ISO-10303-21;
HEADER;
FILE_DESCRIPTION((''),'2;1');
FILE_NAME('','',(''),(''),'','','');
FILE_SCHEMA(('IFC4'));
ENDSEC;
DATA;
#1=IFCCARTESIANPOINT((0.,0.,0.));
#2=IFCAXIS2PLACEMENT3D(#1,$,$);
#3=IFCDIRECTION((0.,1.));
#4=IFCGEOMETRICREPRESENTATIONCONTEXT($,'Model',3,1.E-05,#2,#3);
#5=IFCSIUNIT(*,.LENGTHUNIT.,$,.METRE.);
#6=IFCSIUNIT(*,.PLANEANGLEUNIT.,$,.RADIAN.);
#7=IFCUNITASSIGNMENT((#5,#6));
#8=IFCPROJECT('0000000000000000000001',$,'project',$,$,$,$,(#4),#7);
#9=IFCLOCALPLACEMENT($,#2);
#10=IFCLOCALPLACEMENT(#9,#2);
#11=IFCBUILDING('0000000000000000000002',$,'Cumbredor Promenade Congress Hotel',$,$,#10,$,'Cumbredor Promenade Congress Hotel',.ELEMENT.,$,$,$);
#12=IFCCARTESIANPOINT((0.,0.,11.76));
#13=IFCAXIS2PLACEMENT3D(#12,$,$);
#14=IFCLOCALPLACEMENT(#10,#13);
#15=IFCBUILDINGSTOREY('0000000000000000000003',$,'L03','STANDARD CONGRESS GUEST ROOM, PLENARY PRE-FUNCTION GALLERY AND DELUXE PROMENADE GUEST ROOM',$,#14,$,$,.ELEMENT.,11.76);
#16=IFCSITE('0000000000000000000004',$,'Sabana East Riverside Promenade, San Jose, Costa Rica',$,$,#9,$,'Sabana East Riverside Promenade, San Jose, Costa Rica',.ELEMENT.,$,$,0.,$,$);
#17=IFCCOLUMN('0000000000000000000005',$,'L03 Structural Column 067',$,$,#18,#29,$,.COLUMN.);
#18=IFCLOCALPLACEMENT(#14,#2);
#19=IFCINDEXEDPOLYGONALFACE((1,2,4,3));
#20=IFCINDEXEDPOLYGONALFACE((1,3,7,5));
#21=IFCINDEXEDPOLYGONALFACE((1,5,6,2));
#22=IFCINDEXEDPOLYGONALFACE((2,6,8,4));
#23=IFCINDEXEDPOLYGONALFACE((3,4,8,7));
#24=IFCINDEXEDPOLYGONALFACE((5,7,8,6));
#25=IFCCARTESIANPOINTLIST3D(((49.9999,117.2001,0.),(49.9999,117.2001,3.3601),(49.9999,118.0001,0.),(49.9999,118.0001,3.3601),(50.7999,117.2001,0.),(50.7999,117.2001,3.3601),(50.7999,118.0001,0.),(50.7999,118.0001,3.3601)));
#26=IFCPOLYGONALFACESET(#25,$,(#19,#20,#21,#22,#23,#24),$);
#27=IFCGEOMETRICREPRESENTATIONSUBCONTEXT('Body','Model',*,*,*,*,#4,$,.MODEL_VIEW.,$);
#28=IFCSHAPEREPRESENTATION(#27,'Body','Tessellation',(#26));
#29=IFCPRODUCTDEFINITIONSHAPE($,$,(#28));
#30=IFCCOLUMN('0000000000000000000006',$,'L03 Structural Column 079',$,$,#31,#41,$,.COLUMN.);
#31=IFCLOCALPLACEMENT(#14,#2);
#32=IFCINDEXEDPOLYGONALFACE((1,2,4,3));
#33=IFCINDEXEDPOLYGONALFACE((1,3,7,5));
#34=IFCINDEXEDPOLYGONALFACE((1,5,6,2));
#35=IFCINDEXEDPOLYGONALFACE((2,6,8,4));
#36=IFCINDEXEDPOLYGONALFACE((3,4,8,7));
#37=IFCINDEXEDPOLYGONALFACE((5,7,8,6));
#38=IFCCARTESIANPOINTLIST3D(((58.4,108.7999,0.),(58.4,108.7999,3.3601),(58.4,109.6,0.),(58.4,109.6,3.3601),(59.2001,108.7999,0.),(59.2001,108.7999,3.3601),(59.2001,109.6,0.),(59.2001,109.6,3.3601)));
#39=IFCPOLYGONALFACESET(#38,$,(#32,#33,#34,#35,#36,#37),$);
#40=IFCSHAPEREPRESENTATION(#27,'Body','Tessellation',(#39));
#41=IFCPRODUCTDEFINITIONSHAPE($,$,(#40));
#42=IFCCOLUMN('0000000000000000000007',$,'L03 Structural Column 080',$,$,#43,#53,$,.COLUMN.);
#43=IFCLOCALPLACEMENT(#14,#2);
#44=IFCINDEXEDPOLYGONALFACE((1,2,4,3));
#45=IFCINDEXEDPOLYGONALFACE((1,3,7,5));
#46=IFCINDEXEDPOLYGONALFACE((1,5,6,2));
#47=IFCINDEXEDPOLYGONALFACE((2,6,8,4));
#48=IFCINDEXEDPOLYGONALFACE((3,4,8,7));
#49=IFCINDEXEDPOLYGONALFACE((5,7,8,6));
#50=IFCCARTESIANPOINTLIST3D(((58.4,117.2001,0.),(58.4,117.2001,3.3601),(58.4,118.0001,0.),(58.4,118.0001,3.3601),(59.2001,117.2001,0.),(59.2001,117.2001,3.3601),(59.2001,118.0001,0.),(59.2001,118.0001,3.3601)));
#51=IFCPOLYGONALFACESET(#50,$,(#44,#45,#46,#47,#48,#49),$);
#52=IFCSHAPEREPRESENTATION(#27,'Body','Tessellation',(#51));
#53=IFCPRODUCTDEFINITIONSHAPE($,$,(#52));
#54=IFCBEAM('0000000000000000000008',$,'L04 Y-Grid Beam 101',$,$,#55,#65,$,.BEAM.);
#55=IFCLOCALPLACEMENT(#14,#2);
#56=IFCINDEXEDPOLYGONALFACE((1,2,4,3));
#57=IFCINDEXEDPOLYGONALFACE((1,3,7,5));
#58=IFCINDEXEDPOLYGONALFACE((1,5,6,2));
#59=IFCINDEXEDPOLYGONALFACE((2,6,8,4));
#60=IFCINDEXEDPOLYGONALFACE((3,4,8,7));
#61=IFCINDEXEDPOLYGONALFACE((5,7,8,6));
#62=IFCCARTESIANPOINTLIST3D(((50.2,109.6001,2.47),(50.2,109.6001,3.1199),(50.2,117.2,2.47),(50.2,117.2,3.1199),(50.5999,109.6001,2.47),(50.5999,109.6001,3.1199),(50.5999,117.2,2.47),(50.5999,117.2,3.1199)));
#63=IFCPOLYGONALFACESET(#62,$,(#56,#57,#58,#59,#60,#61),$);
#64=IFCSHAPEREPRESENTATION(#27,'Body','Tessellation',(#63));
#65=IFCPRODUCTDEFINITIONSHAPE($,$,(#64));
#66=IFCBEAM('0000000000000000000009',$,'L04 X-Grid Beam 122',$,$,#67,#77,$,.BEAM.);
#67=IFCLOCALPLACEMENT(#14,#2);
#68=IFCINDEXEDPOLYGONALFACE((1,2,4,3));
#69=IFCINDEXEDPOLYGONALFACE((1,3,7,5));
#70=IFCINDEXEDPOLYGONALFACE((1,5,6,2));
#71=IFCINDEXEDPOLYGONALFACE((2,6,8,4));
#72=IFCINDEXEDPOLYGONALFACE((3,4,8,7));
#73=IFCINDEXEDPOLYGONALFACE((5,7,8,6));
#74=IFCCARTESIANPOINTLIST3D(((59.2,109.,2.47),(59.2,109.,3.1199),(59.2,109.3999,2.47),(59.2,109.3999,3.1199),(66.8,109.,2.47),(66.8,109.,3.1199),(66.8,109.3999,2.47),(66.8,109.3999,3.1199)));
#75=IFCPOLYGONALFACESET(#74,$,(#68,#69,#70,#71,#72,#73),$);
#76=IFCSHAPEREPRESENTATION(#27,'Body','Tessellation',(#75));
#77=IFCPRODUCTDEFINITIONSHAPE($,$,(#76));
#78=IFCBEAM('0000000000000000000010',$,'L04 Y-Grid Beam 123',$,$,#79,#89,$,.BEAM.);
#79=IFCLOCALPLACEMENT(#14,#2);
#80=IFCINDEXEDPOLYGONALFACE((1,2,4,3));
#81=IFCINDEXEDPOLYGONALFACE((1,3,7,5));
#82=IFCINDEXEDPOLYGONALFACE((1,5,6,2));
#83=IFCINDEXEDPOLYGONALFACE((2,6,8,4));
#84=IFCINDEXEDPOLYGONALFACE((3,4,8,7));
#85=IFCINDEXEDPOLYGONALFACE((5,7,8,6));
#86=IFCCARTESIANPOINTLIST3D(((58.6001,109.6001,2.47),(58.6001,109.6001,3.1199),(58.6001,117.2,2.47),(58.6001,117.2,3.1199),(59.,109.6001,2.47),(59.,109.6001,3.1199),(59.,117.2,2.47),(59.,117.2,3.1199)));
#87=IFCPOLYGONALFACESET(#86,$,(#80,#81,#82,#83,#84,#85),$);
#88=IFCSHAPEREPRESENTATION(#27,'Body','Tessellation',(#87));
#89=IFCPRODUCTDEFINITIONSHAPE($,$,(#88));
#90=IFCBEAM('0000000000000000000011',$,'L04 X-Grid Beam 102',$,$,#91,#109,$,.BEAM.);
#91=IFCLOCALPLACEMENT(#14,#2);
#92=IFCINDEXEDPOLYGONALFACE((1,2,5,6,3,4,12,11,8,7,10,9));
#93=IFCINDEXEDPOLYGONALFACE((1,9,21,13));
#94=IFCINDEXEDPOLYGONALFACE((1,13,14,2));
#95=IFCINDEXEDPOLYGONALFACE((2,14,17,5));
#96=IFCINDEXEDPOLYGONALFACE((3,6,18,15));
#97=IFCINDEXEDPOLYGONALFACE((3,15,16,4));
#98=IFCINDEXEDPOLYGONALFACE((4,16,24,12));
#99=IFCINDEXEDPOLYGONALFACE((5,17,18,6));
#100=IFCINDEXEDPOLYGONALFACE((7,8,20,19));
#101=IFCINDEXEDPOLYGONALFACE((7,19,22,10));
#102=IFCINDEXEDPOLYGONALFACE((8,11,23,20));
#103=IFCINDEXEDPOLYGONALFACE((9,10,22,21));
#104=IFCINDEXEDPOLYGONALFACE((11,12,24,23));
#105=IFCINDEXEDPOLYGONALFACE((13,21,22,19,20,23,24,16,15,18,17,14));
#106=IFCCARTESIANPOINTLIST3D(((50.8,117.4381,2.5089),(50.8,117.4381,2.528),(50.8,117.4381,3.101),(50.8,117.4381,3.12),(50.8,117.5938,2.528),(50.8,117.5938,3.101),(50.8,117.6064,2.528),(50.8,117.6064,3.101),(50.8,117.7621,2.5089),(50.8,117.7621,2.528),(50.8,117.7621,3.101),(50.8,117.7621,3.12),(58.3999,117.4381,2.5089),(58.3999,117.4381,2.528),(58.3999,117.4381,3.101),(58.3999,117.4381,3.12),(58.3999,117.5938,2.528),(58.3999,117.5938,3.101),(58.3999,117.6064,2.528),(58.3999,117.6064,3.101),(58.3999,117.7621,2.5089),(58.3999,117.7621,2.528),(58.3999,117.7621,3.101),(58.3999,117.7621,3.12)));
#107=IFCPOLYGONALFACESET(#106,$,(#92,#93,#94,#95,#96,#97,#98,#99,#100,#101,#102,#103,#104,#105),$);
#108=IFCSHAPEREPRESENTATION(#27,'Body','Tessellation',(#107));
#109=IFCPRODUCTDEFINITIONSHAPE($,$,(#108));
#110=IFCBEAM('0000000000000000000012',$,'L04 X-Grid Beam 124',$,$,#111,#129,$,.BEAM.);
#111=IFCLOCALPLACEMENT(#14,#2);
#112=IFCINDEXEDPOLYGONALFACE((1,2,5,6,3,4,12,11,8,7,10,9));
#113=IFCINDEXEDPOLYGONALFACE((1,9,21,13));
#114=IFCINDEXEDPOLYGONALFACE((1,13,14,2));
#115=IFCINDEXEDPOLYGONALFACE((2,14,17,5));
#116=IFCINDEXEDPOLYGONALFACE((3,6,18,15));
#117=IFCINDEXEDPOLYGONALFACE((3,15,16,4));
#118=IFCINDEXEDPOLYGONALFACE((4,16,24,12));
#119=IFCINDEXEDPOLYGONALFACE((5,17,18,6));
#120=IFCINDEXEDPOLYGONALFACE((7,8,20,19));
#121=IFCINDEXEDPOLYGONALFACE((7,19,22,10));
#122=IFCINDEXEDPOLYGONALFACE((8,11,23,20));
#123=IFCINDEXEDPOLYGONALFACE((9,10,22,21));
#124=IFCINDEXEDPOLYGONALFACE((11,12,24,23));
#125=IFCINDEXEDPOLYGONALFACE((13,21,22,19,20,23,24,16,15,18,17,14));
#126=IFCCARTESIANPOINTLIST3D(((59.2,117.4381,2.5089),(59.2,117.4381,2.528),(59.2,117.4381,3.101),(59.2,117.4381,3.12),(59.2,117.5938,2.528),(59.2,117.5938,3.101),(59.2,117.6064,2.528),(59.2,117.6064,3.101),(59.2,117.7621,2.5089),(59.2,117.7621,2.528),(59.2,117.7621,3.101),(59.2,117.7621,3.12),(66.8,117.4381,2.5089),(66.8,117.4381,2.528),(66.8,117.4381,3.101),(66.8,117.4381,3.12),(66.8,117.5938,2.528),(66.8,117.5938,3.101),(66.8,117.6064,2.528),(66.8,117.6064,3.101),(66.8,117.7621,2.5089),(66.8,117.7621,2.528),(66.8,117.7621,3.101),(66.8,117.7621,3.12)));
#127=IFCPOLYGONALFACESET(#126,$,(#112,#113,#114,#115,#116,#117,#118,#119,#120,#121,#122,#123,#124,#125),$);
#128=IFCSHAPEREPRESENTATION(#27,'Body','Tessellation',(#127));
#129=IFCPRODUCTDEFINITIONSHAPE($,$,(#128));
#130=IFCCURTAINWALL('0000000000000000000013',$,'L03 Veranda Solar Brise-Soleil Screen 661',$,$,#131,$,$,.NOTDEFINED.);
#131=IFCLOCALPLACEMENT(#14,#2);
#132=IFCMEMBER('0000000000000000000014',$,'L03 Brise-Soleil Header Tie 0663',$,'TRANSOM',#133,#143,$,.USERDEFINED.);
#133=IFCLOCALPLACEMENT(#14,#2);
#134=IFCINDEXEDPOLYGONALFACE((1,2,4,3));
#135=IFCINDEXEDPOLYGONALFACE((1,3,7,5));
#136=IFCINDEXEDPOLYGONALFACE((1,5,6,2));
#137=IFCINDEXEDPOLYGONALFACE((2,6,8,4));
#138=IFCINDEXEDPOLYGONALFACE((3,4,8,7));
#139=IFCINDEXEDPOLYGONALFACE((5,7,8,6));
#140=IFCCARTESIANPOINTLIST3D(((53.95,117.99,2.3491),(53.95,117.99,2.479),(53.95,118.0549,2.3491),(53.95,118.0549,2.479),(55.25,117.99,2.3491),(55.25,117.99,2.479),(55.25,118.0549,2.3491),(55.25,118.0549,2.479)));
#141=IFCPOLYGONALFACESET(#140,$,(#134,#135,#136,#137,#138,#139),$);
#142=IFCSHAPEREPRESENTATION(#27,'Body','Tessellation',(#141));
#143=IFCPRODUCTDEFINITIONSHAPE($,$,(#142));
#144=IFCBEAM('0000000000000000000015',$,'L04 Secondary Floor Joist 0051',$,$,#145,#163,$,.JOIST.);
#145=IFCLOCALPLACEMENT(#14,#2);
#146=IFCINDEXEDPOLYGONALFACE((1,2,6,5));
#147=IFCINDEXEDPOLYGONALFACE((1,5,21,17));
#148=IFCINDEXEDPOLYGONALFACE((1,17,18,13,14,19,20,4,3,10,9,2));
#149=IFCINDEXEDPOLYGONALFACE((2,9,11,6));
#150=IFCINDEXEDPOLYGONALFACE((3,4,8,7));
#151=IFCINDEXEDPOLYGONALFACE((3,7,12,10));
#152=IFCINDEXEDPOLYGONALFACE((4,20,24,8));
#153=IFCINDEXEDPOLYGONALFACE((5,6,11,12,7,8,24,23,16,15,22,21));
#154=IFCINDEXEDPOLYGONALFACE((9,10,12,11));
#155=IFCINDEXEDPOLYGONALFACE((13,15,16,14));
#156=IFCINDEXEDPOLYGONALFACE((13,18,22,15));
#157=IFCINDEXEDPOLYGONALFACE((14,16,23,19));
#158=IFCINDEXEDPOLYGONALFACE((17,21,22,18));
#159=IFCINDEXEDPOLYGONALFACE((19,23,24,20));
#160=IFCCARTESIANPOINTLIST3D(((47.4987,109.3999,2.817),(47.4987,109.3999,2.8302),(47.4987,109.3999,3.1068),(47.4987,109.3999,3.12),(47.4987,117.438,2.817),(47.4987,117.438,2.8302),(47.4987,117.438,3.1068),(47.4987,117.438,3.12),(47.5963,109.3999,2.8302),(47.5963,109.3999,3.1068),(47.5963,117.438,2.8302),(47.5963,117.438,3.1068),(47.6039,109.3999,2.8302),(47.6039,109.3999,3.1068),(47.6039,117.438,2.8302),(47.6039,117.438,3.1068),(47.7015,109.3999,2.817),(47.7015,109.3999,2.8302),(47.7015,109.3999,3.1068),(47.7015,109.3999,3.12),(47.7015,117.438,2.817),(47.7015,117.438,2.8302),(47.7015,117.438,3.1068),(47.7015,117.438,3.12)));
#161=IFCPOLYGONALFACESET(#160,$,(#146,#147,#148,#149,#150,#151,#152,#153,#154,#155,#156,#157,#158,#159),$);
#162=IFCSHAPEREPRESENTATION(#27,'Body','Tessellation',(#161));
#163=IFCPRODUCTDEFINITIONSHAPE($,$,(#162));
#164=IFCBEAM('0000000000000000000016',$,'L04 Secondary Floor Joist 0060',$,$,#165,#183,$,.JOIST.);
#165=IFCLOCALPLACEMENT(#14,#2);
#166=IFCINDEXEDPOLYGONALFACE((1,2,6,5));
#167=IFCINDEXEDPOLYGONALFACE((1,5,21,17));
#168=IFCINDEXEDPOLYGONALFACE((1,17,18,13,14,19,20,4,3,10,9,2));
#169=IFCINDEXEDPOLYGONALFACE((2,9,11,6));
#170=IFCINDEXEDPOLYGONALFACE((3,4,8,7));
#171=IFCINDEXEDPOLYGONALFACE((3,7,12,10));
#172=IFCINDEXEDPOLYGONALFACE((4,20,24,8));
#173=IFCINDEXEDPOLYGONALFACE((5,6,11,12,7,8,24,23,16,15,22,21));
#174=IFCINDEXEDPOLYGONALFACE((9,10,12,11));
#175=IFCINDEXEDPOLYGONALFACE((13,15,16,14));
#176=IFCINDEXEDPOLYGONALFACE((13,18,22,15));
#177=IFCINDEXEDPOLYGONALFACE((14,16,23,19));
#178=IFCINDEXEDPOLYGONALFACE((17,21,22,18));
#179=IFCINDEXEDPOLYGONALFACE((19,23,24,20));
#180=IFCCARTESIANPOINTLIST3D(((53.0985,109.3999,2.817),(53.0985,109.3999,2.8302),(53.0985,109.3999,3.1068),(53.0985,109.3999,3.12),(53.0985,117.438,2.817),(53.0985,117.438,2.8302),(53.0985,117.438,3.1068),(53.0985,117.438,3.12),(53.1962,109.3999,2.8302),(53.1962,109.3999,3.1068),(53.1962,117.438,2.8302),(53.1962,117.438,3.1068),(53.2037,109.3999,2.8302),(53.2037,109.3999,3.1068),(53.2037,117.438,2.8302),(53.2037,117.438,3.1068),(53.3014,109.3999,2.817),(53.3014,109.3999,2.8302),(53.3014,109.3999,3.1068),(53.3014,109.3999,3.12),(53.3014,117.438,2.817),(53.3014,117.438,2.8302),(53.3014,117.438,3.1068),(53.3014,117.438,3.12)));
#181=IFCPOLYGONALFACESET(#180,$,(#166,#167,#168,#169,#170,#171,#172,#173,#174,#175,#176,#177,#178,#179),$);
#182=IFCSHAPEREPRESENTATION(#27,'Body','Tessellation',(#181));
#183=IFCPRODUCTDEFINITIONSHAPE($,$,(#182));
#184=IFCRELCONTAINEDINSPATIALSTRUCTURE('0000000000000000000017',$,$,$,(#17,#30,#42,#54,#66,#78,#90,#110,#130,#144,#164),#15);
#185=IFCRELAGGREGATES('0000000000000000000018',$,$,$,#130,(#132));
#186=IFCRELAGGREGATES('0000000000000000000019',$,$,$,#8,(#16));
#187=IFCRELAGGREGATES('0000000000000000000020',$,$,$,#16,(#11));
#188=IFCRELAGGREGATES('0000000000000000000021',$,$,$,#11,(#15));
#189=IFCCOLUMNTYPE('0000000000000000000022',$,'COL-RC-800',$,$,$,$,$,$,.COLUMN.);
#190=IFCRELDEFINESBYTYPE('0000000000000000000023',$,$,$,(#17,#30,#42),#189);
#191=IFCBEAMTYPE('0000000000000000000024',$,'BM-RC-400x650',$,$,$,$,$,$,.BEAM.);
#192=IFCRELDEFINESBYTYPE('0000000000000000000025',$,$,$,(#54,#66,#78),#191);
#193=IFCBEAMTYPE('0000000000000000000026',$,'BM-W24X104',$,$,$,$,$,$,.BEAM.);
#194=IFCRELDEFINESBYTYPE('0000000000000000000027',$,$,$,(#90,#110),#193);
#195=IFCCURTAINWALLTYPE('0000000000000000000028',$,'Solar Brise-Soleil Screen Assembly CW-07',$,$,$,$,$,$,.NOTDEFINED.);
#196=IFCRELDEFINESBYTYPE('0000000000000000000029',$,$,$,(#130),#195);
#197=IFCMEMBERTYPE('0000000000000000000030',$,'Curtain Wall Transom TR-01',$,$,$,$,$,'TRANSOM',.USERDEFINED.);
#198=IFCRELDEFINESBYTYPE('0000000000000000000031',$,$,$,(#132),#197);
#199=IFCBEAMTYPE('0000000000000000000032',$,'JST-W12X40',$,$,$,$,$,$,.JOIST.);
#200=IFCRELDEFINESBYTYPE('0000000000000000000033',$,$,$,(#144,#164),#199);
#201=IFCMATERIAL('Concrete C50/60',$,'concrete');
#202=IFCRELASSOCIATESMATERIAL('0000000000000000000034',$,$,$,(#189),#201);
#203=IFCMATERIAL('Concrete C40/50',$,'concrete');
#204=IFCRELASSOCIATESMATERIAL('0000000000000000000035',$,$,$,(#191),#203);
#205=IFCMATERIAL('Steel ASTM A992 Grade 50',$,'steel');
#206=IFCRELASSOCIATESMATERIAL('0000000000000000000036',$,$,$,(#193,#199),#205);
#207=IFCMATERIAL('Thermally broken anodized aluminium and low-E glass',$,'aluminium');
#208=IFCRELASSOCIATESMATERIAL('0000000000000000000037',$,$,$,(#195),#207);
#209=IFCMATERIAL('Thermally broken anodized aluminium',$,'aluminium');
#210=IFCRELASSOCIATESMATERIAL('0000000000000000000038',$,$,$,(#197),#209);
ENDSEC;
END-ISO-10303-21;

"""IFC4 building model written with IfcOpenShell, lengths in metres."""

from ifc_helpers import new_model, si_unit, direction, frame, origin, origin_2d, place, context, subcontext, project, spatial, rectangle, i_section, extrude, material, material_profile, profile_set, type_object, element, aggregate, save


model = new_model("IFC4")

# Units and contexts
model_context = context("Model", 3, precision=1e-05, world=origin(), true_north=direction((0.0, 1.0)))
body_context = subcontext(model_context, "Body", "Model", "MODEL_VIEW")
ifc_project = project(units=[si_unit("LENGTHUNIT", "METRE"), si_unit("PLANEANGLEUNIT", "RADIAN")], contexts=[model_context])

# Site, building, storey
site_placement = place(None, origin())
site = spatial("IfcSite", under=ifc_project, at=site_placement, Name="Sabana East Riverside Promenade, San Jose, Costa Rica", LongName="Sabana East Riverside Promenade, San Jose, Costa Rica", CompositionType="ELEMENT", RefElevation=0.0)
building_placement = place(site_placement, origin())
building = spatial("IfcBuilding", under=site, at=building_placement, Name="Cumbredor Promenade Congress Hotel", LongName="Cumbredor Promenade Congress Hotel", CompositionType="ELEMENT")
storey_placement = place(building_placement, frame((0.0, 0.0, 11.76)))
storey = spatial("IfcBuildingStorey", under=building, at=storey_placement, Name="L03", Description="STANDARD CONGRESS GUEST ROOM, PLENARY PRE-FUNCTION GALLERY AND DELUXE PROMENADE GUEST ROOM", CompositionType="ELEMENT", Elevation=11.76)

# Columns
ifc_material_1 = material(Name="Concrete C50/60", Category="concrete")
ifc_material_profile_1 = material_profile(ifc_material_1, rectangle(XDim=0.8, YDim=0.8, at=origin_2d()), Name="RC 800x800")
ifc_profile_set_1 = profile_set([ifc_material_profile_1], Name="Concrete C50/60")
column_type = type_object("IfcColumnType", Name="COL-RC-800", PredefinedType="COLUMN", material=ifc_profile_set_1)
for number, where, z_axis, x_axis, name in (
    (1, (50.3999, 117.6001, 0.0), (0.0, 0.0, 1.0), (1.0, 0.0, 0.0), "L03 Structural Column 067"),
    (2, (58.8, 109.2, 0.0), (0.0, 0.0, 1.0), (1.0, 0.0, 0.0), "L03 Structural Column 079"),
    (3, (58.8, 117.6001, 0.0), (0.0, 0.0, 1.0), (1.0, 0.0, 0.0), "L03 Structural Column 080"),
):
    element("IfcColumn", number, at=place(storey_placement, frame(where, z_axis=z_axis, x_axis=x_axis)), inside=storey, type_object=column_type, Name=name, PredefinedType="COLUMN", context=body_context, shape_type="SweptSolid", body=[
        extrude(rectangle(XDim=0.8, YDim=0.8, at=origin_2d()), origin(), (0.0, 0.0, 1.0), 3.3601),
    ])

# Beams
ifc_material_2 = material(Name="Concrete C40/50", Category="concrete")
ifc_material_profile_2 = material_profile(ifc_material_2, rectangle(XDim=0.3999, YDim=0.6499, at=origin_2d()), Name="RC BEAM 400x650")
ifc_profile_set_2 = profile_set([ifc_material_profile_2], Name="Concrete C40/50")
beam_type_1 = type_object("IfcBeamType", Name="BM-RC-400x650", PredefinedType="BEAM", material=ifc_profile_set_2)
beam_1_placement = place(storey_placement, frame((50.3999, 109.6001, 2.7949), z_axis=(0.0, 1.0, 0.0), x_axis=(-1.0, 0.0, 0.0)))
element("IfcBeam", 4, at=beam_1_placement, inside=storey, type_object=beam_type_1, Name="L04 Y-Grid Beam 101", PredefinedType="BEAM", context=body_context, shape_type="SweptSolid", body=[
    extrude(rectangle(XDim=0.3999, YDim=0.6499, at=origin_2d()), origin(), (0.0, 0.0, 1.0), 7.5999),
])
beam_2_placement = place(storey_placement, frame((59.2, 109.2, 2.7949), z_axis=(1.0, 0.0, 0.0), x_axis=(0.0, 1.0, 0.0)))
element("IfcBeam", 5, at=beam_2_placement, inside=storey, type_object=beam_type_1, Name="L04 X-Grid Beam 122", PredefinedType="BEAM", context=body_context, shape_type="SweptSolid", body=[
    extrude(rectangle(XDim=0.3999, YDim=0.6499, at=origin_2d()), origin(), (0.0, 0.0, 1.0), 7.6001),
])
beam_3_placement = place(storey_placement, frame((58.8, 109.6001, 2.7949), z_axis=(0.0, 1.0, 0.0), x_axis=(-1.0, 0.0, 0.0)))
element("IfcBeam", 6, at=beam_3_placement, inside=storey, type_object=beam_type_1, Name="L04 Y-Grid Beam 123", PredefinedType="BEAM", context=body_context, shape_type="SweptSolid", body=[
    extrude(rectangle(XDim=0.3999, YDim=0.6499, at=origin_2d()), origin(), (0.0, 0.0, 1.0), 7.5999),
])
ifc_material_3 = material(Name="Steel ASTM A992 Grade 50", Category="steel")
ifc_material_profile_3 = material_profile(ifc_material_3, i_section(OverallWidth=0.324, OverallDepth=0.6111, WebThickness=0.0127, FlangeThickness=0.019, at=origin_2d()), Name="W24X104")
ifc_profile_set_3 = profile_set([ifc_material_profile_3], Name="Steel ASTM A992 Grade 50")
beam_type_2 = type_object("IfcBeamType", Name="BM-W24X104", PredefinedType="BEAM", material=ifc_profile_set_3)
beam_4_placement = place(storey_placement, frame((50.8, 117.6001, 2.8145), z_axis=(1.0, 0.0, 0.0), x_axis=(0.0, 1.0, 0.0)))
element("IfcBeam", 7, at=beam_4_placement, inside=storey, type_object=beam_type_2, Name="L04 X-Grid Beam 102", PredefinedType="BEAM", context=body_context, shape_type="SweptSolid", body=[
    extrude(i_section(OverallWidth=0.324, OverallDepth=0.6111, WebThickness=0.0127, FlangeThickness=0.019, at=origin_2d()), origin(), (0.0, 0.0, 1.0), 7.5999),
])
beam_5_placement = place(storey_placement, frame((59.2, 117.6001, 2.8145), z_axis=(1.0, 0.0, 0.0), x_axis=(0.0, 1.0, 0.0)))
element("IfcBeam", 8, at=beam_5_placement, inside=storey, type_object=beam_type_2, Name="L04 X-Grid Beam 124", PredefinedType="BEAM", context=body_context, shape_type="SweptSolid", body=[
    extrude(i_section(OverallWidth=0.324, OverallDepth=0.6111, WebThickness=0.0127, FlangeThickness=0.019, at=origin_2d()), origin(), (0.0, 0.0, 1.0), 7.6001),
])

# Curtain wall, member
ifc_material_4 = material(Name="Thermally broken anodized aluminium and low-E glass", Category="aluminium")
curtain_wall_type = type_object("IfcCurtainWallType", Name="Solar Brise-Soleil Screen Assembly CW-07", PredefinedType="NOTDEFINED", material=ifc_material_4)
curtain_wall_1_placement = place(storey_placement, origin())
curtain_wall_1 = element("IfcCurtainWall", 9, at=curtain_wall_1_placement, inside=storey, type_object=curtain_wall_type, Name="L03 Veranda Solar Brise-Soleil Screen 661", PredefinedType="NOTDEFINED")
ifc_material_5 = material(Name="Thermally broken anodized aluminium", Category="aluminium")
ifc_material_profile_4 = material_profile(ifc_material_5, rectangle(XDim=0.0649, YDim=0.1299, at=origin_2d()), Name="ALU TRANSOM 65x130")
ifc_profile_set_4 = profile_set([ifc_material_profile_4], Name="Thermally broken anodized aluminium")
member_type_1 = type_object("IfcMemberType", Name="Curtain Wall Transom TR-01", ElementType="TRANSOM", PredefinedType="USERDEFINED", material=ifc_profile_set_4)
member_1_placement = place(storey_placement, frame((53.95, 118.0225, 2.4141), z_axis=(1.0, 0.0, 0.0), x_axis=(0.0, 1.0, 0.0)))
member_1 = element("IfcMember", 10, at=member_1_placement, type_object=member_type_1, Name="L03 Brise-Soleil Header Tie 0663", ObjectType="TRANSOM", PredefinedType="USERDEFINED", context=body_context, shape_type="SweptSolid", body=[
    extrude(rectangle(XDim=0.0649, YDim=0.1299, at=origin_2d()), origin(), (0.0, 0.0, 1.0), 1.3),
])

# Beams
ifc_material_profile_5 = material_profile(ifc_material_3, i_section(OverallWidth=0.2029, OverallDepth=0.303, WebThickness=0.0076, FlangeThickness=0.0132, at=origin_2d()), Name="W12X40")
ifc_profile_set_5 = profile_set([ifc_material_profile_5], Name="Steel ASTM A992 Grade 50")
beam_type_3 = type_object("IfcBeamType", Name="JST-W12X40", PredefinedType="JOIST", material=ifc_profile_set_5)
for number, where, z_axis, x_axis, name in (
    (11, (47.6001, 109.3999, 2.9685), (0.0, 1.0, 0.0), (-1.0, 0.0, 0.0), "L04 Secondary Floor Joist 0051"),
    (12, (53.2, 109.3999, 2.9685), (0.0, 1.0, 0.0), (-1.0, 0.0, 0.0), "L04 Secondary Floor Joist 0060"),
):
    element("IfcBeam", number, at=place(storey_placement, frame(where, z_axis=z_axis, x_axis=x_axis)), inside=storey, type_object=beam_type_3, Name=name, PredefinedType="JOIST", context=body_context, shape_type="SweptSolid", body=[
        extrude(i_section(OverallWidth=0.2029, OverallDepth=0.303, WebThickness=0.0076, FlangeThickness=0.0132, at=origin_2d()), origin(), (0.0, 0.0, 1.0), 8.0381),
    ])

aggregate(curtain_wall_1, [member_1])

save(model, "model.ifc")
